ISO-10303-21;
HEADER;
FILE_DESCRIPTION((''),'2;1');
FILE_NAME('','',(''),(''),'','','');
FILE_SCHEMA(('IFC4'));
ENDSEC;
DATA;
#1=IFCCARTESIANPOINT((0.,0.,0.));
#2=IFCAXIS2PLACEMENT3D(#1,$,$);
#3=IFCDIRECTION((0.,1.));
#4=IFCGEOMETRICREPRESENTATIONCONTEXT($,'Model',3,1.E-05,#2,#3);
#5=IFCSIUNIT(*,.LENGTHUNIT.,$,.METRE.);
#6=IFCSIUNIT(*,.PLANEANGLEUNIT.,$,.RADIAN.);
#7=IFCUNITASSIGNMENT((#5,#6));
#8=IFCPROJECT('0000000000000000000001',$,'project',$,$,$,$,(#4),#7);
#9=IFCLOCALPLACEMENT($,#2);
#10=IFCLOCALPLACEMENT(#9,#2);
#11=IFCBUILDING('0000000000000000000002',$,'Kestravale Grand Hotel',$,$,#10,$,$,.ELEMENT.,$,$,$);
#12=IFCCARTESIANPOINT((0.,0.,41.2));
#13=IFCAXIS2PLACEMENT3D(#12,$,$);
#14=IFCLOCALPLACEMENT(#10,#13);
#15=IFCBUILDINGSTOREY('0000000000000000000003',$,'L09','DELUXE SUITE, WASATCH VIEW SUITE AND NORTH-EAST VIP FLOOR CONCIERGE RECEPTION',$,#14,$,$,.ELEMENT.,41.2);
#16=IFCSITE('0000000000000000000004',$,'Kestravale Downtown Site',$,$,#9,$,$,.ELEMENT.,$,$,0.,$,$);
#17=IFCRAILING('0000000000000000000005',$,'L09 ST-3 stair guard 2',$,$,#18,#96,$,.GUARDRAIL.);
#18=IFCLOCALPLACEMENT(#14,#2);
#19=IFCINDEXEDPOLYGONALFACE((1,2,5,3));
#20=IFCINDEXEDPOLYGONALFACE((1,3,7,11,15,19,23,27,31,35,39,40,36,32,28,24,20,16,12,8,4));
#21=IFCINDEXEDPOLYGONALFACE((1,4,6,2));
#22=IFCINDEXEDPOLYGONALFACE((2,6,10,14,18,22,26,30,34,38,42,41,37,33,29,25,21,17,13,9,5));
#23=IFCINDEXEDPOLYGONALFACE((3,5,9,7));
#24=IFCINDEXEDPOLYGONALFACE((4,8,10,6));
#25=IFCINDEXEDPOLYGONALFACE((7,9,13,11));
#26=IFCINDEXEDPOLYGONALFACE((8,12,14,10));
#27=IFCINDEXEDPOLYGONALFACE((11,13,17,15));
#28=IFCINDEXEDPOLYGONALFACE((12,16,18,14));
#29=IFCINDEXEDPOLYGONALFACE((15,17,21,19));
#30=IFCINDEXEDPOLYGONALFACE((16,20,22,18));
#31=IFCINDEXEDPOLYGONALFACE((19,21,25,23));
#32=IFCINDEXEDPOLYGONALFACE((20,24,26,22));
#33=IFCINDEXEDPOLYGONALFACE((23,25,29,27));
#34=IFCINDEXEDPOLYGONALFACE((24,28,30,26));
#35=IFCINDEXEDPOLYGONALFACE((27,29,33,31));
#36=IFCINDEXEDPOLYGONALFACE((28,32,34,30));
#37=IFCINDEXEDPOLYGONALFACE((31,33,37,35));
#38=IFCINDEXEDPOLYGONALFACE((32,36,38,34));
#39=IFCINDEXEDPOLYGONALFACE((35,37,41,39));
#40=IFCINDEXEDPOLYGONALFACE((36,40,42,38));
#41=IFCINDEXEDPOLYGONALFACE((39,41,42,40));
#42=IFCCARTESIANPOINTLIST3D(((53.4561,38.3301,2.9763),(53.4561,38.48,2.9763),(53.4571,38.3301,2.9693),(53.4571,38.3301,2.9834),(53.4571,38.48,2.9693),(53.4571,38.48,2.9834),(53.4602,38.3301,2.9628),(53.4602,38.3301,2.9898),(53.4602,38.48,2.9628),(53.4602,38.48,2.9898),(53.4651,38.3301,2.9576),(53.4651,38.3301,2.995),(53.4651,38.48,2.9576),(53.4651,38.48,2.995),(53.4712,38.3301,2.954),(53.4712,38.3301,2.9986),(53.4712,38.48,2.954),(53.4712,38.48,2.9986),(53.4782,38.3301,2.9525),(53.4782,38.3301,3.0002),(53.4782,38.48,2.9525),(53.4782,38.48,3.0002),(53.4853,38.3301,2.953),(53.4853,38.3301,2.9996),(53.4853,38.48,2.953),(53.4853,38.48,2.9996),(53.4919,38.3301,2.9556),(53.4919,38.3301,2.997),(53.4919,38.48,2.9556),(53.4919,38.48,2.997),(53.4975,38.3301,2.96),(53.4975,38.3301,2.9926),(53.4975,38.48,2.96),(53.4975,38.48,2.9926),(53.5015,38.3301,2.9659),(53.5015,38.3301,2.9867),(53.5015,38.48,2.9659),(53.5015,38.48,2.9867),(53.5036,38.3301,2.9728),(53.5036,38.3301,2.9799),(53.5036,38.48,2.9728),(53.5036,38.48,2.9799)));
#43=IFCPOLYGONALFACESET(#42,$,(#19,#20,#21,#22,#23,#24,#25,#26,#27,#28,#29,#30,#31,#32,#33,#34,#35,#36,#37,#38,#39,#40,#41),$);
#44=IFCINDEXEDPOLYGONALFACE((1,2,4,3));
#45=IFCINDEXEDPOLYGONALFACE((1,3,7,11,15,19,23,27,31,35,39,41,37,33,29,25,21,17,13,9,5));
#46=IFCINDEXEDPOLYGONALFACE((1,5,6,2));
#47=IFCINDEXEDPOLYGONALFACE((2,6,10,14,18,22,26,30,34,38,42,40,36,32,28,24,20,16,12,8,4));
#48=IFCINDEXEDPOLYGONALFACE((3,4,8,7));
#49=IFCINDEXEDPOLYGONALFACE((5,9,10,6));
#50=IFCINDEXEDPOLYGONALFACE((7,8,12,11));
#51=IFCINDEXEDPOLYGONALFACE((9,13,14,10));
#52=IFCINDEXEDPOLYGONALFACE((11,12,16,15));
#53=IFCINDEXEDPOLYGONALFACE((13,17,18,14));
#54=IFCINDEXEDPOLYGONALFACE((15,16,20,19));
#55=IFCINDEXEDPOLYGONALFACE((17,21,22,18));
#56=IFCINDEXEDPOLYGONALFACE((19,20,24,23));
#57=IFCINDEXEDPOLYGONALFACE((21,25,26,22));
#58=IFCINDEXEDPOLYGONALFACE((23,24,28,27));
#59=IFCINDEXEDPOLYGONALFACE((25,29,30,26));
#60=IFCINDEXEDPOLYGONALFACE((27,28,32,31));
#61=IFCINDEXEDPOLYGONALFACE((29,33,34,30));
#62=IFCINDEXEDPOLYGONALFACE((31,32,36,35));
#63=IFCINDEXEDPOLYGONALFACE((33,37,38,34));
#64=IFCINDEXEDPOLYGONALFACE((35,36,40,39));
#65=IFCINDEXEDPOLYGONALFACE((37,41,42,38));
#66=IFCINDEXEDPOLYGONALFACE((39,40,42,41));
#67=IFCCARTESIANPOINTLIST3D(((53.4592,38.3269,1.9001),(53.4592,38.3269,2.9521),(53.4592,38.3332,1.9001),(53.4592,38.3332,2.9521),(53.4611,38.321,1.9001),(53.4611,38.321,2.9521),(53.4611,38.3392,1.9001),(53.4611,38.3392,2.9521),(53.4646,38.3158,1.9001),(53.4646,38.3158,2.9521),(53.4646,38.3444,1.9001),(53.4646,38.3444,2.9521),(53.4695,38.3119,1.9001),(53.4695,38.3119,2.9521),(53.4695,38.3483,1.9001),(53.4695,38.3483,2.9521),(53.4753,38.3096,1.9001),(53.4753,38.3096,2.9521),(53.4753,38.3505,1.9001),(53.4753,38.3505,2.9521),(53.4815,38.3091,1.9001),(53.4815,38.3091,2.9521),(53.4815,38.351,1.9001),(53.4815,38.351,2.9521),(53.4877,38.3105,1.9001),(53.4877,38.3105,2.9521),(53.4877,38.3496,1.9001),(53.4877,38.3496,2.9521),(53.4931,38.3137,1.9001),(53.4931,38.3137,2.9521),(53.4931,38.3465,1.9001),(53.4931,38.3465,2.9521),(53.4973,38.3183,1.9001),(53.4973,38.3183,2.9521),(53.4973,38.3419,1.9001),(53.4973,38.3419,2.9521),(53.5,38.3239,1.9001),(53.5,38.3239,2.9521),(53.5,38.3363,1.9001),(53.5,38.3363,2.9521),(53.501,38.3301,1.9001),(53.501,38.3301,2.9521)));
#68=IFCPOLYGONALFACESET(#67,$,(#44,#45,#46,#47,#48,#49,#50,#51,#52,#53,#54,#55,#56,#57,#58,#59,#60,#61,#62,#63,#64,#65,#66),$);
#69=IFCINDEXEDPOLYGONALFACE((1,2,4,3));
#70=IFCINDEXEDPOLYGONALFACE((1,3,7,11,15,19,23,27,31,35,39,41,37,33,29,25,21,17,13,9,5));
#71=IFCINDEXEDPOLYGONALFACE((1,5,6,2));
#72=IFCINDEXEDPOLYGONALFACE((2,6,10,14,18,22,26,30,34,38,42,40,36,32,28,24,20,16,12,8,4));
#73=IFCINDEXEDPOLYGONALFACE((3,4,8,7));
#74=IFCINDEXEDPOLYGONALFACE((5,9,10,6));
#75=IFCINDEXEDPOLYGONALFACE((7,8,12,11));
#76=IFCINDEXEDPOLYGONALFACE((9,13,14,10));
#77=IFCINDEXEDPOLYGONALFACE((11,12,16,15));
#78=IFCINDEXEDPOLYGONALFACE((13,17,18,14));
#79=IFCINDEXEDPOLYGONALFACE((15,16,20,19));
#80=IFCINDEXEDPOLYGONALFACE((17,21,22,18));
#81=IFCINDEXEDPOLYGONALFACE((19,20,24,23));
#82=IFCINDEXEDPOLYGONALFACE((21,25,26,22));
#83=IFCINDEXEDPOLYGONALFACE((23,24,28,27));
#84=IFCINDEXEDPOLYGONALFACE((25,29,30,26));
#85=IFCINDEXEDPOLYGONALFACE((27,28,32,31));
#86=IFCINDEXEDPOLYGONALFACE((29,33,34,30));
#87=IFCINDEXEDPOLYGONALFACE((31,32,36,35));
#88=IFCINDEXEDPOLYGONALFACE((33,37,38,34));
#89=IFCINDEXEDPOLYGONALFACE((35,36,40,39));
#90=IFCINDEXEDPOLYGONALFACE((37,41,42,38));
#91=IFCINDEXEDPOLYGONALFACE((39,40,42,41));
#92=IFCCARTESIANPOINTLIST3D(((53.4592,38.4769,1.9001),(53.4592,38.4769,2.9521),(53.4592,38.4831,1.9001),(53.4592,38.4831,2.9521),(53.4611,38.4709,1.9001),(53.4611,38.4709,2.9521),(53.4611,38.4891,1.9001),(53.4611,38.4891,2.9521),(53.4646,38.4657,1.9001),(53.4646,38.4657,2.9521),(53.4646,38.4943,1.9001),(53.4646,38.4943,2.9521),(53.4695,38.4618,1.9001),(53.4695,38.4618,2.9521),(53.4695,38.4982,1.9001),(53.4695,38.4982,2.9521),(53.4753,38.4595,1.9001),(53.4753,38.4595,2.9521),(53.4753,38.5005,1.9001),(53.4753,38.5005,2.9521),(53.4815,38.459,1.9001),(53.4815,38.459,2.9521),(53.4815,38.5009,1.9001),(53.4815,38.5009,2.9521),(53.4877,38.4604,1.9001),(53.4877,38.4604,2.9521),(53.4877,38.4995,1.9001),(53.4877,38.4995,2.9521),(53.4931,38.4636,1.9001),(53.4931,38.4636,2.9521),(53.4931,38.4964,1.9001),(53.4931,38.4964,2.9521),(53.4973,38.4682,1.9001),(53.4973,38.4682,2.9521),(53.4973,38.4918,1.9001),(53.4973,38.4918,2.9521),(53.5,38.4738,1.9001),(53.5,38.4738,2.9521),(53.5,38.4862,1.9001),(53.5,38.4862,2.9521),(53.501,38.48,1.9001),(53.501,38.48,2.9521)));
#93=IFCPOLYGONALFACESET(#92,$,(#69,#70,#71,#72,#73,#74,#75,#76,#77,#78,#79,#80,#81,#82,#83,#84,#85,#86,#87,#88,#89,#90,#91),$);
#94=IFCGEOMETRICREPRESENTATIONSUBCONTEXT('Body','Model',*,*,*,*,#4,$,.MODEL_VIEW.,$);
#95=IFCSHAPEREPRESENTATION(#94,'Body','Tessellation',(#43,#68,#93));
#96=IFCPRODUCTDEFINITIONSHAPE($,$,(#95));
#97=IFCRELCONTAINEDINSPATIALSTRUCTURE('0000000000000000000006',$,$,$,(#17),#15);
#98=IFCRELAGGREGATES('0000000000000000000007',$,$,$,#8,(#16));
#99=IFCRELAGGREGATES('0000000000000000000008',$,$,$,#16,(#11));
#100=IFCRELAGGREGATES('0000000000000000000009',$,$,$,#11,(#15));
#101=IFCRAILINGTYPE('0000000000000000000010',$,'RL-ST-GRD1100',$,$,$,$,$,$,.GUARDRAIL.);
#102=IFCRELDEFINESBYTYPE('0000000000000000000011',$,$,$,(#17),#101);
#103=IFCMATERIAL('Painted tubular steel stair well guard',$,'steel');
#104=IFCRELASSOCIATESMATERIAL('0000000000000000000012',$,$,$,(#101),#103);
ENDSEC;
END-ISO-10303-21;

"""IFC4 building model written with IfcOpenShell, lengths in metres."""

from ifc_helpers import new_model, si_unit, direction, frame, origin, origin_2d, place, context, subcontext, project, spatial, circle, extrude, material, type_object, element, save


model = new_model("IFC4")

# Units and contexts
model_context = context("Model", 3, precision=1e-05, world=origin(), true_north=direction((0.0, 1.0)))
body_context = subcontext(model_context, "Body", "Model", "MODEL_VIEW")
ifc_project = project(units=[si_unit("LENGTHUNIT", "METRE"), si_unit("PLANEANGLEUNIT", "RADIAN")], contexts=[model_context])

# Site, building, storey
site_placement = place(None, origin())
site = spatial("IfcSite", under=ifc_project, at=site_placement, Name="Kestravale Downtown Site", CompositionType="ELEMENT", RefElevation=0.0)
building_placement = place(site_placement, origin())
building = spatial("IfcBuilding", under=site, at=building_placement, Name="Kestravale Grand Hotel", CompositionType="ELEMENT")
storey_placement = place(building_placement, frame((0.0, 0.0, 41.2)))
storey = spatial("IfcBuildingStorey", under=building, at=storey_placement, Name="L09", Description="DELUXE SUITE, WASATCH VIEW SUITE AND NORTH-EAST VIP FLOOR CONCIERGE RECEPTION", CompositionType="ELEMENT", Elevation=41.2)

# Railing
ifc_material_1 = material(Name="Painted tubular steel stair well guard", Category="steel")
railing_type_1 = type_object("IfcRailingType", Name="RL-ST-GRD1100", PredefinedType="GUARDRAIL", material=ifc_material_1)
railing_1_placement = place(storey_placement, frame((53.48, 38.3301, 1.9001)))
element("IfcRailing", 1, at=railing_1_placement, inside=storey, type_object=railing_type_1, Name="L09 ST-3 stair guard 2", PredefinedType="GUARDRAIL", context=body_context, shape_type="SweptSolid", body=[
    extrude(circle(Radius=0.0239, at=origin_2d()), frame((0.0, 0.0, 1.0762), z_axis=(0.0, 1.0, 0.0), x_axis=(-1.0, 0.0, 0.0)), (0.0, 0.0, 1.0), 0.1499),
    extrude(circle(Radius=0.021, at=origin_2d()), origin(), (0.0, 0.0, 1.0), 1.052),
    extrude(circle(Radius=0.021, at=origin_2d()), frame((0.0, 0.1499, 0.0)), (0.0, 0.0, 1.0), 1.052),
])

save(model, "model.ifc")
